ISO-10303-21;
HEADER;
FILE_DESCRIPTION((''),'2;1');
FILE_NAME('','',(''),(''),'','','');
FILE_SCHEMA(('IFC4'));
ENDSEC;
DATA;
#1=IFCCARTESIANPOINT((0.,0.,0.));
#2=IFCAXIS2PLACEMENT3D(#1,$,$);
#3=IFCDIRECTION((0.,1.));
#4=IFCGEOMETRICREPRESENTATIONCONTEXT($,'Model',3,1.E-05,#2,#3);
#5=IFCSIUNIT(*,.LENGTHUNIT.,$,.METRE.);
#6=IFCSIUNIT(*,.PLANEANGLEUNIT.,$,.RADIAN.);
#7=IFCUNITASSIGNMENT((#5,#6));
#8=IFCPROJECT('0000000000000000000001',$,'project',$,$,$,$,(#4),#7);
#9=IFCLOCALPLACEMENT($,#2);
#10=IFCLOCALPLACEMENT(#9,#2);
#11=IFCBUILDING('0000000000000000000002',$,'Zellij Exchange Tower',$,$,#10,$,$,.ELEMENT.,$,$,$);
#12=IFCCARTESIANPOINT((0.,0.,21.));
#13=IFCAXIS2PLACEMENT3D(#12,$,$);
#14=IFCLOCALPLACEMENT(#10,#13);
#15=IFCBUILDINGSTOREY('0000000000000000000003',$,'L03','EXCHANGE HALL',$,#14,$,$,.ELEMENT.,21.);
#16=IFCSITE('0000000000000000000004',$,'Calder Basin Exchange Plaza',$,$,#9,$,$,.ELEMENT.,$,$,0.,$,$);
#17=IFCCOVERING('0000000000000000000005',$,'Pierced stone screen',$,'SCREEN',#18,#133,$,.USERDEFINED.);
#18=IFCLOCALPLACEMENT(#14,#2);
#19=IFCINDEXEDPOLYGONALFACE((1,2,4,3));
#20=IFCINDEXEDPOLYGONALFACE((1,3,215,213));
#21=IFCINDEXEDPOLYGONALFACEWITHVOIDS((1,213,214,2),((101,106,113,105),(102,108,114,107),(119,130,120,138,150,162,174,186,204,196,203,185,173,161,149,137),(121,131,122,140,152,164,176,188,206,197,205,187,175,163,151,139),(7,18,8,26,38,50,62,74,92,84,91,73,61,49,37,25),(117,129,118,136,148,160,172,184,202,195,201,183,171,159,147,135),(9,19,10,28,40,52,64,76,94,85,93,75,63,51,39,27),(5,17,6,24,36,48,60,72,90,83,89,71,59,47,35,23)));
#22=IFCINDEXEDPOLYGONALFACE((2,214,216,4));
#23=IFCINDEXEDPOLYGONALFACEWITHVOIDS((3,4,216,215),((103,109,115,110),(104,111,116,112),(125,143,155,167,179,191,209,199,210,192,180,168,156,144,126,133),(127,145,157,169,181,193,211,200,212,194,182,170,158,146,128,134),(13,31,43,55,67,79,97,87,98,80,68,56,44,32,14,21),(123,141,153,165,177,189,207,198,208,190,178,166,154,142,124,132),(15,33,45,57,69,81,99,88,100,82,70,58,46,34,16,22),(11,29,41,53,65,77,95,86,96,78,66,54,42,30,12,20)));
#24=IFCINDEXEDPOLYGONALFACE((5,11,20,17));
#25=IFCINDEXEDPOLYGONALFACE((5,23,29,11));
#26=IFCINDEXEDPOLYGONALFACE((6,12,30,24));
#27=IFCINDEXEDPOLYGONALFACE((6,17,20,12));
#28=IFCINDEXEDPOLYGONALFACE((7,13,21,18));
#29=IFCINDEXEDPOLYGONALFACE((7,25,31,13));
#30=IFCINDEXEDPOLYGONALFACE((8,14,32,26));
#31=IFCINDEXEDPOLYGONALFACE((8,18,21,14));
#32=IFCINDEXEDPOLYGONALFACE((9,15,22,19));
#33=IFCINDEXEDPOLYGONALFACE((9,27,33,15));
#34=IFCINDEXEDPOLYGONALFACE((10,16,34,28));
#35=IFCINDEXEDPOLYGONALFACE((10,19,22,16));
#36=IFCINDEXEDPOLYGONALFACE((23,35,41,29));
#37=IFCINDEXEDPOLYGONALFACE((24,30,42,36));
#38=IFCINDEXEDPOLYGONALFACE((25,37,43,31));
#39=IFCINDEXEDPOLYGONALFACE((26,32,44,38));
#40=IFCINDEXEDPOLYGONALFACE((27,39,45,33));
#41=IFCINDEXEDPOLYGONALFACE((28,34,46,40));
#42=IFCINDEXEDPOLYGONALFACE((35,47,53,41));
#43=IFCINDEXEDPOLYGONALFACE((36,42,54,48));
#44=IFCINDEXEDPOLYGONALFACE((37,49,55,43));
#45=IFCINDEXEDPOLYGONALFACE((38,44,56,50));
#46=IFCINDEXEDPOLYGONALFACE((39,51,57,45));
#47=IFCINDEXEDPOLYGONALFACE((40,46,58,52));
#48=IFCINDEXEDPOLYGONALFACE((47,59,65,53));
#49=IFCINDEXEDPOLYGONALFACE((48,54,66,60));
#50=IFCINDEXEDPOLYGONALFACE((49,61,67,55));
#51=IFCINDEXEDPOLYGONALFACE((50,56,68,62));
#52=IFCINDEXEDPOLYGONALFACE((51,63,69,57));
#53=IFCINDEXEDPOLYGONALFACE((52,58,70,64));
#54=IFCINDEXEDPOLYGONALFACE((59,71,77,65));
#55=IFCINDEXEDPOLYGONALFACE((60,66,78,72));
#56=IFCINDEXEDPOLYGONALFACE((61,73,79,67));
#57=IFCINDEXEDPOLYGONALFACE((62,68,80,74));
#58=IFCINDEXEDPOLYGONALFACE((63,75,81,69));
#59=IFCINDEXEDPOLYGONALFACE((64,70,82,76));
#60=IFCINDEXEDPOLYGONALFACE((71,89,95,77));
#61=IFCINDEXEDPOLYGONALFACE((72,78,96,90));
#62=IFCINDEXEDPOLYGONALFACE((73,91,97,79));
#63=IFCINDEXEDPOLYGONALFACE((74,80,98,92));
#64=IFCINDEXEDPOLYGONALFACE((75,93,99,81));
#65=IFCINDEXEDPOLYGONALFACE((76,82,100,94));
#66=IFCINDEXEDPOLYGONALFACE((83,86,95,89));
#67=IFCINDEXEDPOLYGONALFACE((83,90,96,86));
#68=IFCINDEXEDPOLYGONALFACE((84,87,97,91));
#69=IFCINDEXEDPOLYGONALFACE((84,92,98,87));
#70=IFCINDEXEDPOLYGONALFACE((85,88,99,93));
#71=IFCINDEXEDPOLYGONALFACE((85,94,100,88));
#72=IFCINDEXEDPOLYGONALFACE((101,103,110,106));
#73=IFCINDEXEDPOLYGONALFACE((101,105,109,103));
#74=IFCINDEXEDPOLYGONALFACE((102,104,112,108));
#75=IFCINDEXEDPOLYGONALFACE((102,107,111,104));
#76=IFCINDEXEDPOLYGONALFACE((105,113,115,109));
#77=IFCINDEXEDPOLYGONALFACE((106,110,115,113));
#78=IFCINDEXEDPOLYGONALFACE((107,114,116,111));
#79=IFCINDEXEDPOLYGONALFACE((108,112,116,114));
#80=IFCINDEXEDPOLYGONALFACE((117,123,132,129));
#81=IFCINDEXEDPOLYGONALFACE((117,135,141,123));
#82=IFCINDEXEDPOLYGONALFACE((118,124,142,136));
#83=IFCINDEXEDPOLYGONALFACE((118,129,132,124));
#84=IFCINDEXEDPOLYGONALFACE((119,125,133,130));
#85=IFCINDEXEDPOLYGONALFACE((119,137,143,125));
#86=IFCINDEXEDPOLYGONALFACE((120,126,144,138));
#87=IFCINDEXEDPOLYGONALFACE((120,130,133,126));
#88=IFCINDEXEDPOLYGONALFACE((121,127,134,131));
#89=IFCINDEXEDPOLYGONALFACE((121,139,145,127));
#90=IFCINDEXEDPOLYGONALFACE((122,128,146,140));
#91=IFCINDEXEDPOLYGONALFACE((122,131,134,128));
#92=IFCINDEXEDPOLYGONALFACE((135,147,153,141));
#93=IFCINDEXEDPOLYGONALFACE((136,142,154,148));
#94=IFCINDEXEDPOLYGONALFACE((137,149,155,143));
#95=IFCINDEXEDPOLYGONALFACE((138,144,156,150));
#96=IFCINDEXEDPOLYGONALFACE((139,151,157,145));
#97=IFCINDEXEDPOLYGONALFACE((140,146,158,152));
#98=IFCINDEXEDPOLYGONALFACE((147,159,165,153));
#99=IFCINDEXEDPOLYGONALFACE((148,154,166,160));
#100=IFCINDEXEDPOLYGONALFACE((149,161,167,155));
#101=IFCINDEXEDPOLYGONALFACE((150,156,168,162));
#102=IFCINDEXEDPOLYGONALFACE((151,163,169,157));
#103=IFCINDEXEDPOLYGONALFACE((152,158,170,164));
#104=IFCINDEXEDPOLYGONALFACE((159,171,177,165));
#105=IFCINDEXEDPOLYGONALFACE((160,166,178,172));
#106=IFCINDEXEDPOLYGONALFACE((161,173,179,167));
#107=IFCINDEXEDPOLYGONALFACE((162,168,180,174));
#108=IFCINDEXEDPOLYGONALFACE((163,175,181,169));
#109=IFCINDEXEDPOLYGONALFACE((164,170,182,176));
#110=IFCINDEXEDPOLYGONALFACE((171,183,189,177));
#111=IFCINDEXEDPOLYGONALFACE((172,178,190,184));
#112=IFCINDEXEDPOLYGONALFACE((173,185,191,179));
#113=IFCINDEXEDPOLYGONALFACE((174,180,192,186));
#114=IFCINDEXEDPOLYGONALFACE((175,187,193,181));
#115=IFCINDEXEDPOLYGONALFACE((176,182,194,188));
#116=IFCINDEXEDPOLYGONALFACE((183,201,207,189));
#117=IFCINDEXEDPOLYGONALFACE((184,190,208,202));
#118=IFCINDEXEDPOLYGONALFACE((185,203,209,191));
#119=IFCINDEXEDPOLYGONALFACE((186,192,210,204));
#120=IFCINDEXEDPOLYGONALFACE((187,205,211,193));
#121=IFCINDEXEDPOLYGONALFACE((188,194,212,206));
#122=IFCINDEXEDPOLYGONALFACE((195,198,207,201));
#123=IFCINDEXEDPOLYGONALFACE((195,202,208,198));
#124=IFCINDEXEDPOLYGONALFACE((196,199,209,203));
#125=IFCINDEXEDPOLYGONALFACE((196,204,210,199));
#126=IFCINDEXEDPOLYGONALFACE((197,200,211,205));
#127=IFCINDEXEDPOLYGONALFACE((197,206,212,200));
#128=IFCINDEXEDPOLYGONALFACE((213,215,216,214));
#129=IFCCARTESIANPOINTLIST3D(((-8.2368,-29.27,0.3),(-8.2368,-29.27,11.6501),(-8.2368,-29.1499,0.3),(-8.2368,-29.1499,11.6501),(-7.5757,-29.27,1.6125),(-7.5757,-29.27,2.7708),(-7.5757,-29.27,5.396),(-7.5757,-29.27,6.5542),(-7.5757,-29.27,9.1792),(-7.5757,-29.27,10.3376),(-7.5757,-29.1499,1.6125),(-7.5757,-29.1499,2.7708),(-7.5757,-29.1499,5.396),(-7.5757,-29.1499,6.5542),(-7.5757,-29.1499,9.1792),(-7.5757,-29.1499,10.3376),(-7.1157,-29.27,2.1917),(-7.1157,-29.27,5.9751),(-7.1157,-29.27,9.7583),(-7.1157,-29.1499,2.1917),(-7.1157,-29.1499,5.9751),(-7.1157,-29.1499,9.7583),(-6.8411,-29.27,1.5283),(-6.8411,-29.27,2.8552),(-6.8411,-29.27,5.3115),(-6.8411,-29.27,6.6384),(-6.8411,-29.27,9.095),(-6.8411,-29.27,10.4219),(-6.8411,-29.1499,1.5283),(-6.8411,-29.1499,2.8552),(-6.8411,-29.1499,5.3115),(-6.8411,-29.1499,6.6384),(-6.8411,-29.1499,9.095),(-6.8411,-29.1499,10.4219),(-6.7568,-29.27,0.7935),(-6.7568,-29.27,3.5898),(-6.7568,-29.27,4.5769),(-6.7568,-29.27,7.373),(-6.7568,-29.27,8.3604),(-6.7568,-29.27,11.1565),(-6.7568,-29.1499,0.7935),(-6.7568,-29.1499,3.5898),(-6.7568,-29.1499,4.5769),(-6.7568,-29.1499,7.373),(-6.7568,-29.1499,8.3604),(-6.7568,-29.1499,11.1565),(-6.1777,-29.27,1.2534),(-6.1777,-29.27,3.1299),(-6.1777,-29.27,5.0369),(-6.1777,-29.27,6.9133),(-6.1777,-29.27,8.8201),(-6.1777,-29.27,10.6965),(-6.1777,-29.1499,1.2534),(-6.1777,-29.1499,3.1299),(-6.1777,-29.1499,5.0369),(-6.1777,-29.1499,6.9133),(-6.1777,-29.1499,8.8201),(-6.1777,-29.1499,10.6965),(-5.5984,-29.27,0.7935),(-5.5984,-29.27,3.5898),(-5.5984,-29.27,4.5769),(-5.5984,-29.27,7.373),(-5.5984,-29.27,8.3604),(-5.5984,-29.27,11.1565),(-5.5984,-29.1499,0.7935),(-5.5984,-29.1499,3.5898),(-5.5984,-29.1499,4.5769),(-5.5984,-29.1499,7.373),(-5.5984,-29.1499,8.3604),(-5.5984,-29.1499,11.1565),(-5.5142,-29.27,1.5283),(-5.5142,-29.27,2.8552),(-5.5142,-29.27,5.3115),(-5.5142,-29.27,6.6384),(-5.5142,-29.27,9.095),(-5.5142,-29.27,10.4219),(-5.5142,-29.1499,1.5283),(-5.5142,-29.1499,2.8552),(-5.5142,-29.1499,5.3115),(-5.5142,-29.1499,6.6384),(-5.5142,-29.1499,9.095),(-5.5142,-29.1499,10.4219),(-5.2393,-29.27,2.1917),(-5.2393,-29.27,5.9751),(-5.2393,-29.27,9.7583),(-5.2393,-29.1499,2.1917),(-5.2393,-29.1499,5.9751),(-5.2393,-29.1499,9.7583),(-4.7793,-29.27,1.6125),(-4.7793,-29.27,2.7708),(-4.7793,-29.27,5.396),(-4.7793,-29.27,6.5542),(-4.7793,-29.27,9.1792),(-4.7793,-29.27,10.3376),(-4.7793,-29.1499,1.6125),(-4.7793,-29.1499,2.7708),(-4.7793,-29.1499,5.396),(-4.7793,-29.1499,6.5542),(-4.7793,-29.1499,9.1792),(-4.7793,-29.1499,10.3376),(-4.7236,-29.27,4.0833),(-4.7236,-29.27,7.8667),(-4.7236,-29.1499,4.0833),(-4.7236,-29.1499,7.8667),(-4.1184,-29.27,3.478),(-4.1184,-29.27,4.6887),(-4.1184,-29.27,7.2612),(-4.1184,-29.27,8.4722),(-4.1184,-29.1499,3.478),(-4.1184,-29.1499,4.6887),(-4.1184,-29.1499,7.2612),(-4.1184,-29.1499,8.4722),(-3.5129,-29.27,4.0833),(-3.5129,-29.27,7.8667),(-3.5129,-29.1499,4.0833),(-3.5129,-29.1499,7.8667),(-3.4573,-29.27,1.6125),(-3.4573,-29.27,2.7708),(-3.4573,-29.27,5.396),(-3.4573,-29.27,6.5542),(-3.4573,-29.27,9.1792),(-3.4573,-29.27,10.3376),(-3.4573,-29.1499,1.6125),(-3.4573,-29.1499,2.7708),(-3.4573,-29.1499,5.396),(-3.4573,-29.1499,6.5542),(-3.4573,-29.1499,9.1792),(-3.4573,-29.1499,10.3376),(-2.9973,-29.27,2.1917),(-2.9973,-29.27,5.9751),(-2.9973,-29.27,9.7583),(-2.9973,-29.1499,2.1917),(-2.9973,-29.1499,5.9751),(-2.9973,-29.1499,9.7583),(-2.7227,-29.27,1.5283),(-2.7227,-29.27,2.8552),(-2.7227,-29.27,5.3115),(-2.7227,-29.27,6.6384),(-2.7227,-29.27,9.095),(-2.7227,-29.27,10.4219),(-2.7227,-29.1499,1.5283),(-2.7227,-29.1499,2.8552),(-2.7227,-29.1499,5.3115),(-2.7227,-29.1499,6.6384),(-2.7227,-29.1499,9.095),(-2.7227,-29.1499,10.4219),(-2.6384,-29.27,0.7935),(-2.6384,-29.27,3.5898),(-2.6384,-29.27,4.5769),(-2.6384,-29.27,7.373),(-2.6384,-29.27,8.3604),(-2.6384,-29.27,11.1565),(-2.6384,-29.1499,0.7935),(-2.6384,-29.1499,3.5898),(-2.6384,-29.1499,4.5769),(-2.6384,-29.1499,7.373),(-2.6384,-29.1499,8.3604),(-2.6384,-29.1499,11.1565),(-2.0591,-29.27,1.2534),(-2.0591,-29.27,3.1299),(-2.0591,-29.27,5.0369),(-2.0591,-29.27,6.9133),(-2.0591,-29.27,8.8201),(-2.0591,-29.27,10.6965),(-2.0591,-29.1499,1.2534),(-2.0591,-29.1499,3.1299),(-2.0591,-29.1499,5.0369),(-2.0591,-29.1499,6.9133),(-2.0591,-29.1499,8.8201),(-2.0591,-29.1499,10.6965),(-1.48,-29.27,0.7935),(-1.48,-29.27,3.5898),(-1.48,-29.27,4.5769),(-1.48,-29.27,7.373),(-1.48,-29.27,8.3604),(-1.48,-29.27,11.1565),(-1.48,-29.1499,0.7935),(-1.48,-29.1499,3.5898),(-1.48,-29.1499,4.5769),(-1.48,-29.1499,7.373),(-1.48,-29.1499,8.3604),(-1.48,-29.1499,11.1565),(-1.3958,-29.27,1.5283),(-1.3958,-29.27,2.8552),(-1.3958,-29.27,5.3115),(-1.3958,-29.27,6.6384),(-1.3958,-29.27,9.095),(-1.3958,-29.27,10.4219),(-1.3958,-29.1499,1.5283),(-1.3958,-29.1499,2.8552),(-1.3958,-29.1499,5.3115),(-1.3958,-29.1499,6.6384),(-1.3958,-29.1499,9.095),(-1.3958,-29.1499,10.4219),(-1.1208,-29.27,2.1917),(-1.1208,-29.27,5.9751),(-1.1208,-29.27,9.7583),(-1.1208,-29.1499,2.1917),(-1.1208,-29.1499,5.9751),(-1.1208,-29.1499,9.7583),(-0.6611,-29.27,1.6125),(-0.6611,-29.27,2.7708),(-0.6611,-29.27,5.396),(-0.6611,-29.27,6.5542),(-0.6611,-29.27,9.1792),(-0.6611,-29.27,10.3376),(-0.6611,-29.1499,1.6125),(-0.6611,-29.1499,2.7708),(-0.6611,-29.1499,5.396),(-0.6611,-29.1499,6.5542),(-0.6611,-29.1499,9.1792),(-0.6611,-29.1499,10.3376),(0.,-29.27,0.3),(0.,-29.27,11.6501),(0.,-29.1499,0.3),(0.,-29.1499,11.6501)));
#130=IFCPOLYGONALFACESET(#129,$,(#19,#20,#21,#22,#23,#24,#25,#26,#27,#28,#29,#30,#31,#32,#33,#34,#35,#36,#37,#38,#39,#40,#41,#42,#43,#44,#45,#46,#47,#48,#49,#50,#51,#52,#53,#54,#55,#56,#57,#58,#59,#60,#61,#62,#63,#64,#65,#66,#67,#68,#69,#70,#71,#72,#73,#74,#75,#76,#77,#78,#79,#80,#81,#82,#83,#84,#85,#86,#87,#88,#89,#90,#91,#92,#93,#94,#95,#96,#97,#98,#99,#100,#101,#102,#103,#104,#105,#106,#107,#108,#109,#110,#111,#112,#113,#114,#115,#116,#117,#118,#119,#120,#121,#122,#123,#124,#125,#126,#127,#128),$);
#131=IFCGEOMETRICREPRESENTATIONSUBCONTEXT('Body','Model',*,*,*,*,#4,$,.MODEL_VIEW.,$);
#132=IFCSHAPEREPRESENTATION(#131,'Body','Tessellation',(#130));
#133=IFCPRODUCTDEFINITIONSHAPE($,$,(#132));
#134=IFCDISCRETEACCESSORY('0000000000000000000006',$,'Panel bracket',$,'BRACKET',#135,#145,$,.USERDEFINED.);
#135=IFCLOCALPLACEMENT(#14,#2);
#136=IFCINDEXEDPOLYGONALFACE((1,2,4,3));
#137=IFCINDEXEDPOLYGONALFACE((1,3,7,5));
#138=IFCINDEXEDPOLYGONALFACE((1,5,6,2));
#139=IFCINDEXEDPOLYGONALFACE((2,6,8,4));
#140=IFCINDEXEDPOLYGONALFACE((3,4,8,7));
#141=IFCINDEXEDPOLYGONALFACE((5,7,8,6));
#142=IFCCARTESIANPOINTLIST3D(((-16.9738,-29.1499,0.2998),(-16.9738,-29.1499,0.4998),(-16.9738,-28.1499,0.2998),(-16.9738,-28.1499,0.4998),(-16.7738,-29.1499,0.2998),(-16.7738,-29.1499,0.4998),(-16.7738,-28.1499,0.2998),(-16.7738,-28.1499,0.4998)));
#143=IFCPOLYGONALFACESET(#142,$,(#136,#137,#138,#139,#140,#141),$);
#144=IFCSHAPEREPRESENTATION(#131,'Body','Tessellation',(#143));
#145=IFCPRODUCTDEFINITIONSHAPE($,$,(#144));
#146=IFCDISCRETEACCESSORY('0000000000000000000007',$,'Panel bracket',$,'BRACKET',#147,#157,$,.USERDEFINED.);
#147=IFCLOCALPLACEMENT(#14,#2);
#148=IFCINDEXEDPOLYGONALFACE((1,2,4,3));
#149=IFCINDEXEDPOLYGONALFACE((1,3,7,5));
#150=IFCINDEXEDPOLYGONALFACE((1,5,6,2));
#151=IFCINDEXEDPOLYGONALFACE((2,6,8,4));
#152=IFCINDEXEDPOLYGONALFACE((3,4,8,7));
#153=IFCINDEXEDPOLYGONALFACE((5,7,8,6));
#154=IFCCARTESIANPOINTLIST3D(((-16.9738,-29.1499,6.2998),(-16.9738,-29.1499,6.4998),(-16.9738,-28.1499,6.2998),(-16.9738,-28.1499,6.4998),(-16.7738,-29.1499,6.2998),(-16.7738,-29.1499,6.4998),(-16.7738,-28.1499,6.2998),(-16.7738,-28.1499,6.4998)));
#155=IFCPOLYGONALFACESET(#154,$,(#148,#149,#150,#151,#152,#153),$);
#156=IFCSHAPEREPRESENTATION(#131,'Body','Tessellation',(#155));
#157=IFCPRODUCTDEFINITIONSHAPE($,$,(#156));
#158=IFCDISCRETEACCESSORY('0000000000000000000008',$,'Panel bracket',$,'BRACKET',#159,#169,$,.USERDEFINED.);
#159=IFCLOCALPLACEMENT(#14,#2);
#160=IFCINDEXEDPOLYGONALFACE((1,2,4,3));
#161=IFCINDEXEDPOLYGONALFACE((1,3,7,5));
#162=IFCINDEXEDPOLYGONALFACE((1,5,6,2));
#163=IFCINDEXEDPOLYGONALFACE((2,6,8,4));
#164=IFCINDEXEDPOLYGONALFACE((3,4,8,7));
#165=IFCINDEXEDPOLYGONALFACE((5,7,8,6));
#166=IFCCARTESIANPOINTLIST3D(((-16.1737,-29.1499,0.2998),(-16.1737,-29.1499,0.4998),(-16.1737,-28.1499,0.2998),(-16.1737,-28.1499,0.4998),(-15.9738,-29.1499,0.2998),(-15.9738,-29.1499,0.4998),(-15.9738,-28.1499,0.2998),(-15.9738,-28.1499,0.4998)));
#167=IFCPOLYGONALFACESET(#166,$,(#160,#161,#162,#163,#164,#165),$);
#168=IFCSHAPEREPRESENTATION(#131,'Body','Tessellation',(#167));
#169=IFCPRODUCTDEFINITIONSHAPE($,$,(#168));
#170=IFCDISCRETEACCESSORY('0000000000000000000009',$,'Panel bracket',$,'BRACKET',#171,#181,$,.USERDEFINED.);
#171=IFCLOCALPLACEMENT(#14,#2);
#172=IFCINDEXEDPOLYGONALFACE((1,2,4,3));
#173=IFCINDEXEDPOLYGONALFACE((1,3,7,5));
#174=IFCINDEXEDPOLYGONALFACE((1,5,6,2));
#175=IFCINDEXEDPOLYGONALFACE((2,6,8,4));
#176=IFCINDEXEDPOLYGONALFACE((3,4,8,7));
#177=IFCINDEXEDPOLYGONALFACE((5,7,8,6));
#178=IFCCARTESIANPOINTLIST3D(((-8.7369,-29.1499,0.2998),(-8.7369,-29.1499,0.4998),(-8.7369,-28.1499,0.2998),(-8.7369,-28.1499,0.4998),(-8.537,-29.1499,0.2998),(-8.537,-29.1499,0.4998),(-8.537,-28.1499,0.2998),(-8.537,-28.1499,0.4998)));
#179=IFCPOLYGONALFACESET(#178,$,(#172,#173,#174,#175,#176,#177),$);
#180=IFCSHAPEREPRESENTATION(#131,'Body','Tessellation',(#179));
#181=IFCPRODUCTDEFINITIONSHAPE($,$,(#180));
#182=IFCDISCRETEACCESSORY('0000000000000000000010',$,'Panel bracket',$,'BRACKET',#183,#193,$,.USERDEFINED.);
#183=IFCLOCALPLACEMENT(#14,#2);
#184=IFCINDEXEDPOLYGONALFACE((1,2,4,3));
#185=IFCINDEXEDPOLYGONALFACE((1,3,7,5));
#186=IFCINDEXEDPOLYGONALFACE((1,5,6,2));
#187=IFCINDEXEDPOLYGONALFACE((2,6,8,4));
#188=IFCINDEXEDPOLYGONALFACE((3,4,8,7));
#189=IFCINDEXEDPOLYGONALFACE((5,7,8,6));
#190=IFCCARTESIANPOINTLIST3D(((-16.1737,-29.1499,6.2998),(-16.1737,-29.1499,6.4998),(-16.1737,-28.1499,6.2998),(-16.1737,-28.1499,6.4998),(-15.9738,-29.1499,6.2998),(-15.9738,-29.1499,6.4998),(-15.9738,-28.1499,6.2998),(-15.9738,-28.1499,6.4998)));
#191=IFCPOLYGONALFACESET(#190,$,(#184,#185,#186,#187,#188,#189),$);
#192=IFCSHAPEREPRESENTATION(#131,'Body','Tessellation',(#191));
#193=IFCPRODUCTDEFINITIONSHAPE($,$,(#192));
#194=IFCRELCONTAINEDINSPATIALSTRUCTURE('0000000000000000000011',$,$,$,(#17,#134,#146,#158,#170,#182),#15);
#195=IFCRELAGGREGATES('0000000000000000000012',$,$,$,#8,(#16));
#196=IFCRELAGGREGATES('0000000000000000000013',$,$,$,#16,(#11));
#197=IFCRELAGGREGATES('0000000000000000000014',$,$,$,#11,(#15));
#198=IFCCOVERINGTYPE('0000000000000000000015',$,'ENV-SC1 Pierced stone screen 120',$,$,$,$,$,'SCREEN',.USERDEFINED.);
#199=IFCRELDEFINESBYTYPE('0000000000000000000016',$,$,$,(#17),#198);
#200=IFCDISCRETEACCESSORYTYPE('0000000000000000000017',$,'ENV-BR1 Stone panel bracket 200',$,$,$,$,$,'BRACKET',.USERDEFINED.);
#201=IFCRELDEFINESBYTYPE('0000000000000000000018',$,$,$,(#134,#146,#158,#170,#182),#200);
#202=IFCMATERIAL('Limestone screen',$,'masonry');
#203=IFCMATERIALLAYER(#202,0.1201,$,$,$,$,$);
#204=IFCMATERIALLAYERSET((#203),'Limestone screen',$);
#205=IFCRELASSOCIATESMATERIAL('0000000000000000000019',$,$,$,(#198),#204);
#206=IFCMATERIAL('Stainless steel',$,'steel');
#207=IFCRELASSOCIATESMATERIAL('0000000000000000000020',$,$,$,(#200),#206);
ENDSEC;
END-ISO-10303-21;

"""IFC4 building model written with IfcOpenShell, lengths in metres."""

from ifc_helpers import new_model, si_unit, direction, frame, origin, origin_2d, place, context, subcontext, project, spatial, polyline, rectangle, outline, extrude, material, layer, layer_set, type_object, element, save


model = new_model("IFC4")

# Units and contexts
model_context = context("Model", 3, precision=1e-05, world=origin(), true_north=direction((0.0, 1.0)))
body_context = subcontext(model_context, "Body", "Model", "MODEL_VIEW")
ifc_project = project(units=[si_unit("LENGTHUNIT", "METRE"), si_unit("PLANEANGLEUNIT", "RADIAN")], contexts=[model_context])

# Site, building, storey
site_placement = place(None, origin())
site = spatial("IfcSite", under=ifc_project, at=site_placement, Name="Calder Basin Exchange Plaza", CompositionType="ELEMENT", RefElevation=0.0)
building_placement = place(site_placement, origin())
building = spatial("IfcBuilding", under=site, at=building_placement, Name="Zellij Exchange Tower", CompositionType="ELEMENT")
storey_placement = place(building_placement, frame((0.0, 0.0, 21.0)))
storey = spatial("IfcBuildingStorey", under=building, at=storey_placement, Name="L03", Description="EXCHANGE HALL", CompositionType="ELEMENT", Elevation=21.0)

# Covering
ifc_material_1 = material(Name="Limestone screen", Category="masonry")
ifc_layer_1 = layer(ifc_material_1, 0.1201)
ifc_layer_set_1 = layer_set([ifc_layer_1], Name="Limestone screen")
covering_type = type_object("IfcCoveringType", Name="ENV-SC1 Pierced stone screen 120", ElementType="SCREEN", PredefinedType="USERDEFINED", material=ifc_layer_set_1)
covering_1_placement = place(storey_placement, frame((-8.2368, -29.21, 0.3), z_axis=(0.0, 0.0, 1.0), x_axis=(1.0, 0.0, 0.0)))
element("IfcCovering", 1, at=covering_1_placement, inside=storey, type_object=covering_type, Name="Pierced stone screen", ObjectType="SCREEN", PredefinedType="USERDEFINED", context=body_context, shape_type="SweptSolid", body=[
    extrude(outline(polyline([(0.0, 0.0), (8.2368, 0.0), (8.2368, 11.3501), (0.0, 11.3501), (0.0, 0.0)]), holes=[polyline([(3.4575, 2.4707), (2.7227, 2.5552), (2.6384, 3.2898), (2.0591, 2.8298), (1.48, 3.2898), (1.3958, 2.5552), (0.6611, 2.4707), (1.1211, 1.8916), (0.6611, 1.3125), (1.3958, 1.2283), (1.48, 0.4934), (2.0591, 0.9534), (2.6384, 0.4934), (2.7227, 1.2283), (3.4575, 1.3125), (2.9976, 1.8916), (3.4575, 2.4707)]), polyline([(3.4575, 6.2542), (2.7227, 6.3384), (2.6384, 7.073), (2.0591, 6.6133), (1.48, 7.073), (1.3958, 6.3384), (0.6611, 6.2542), (1.1211, 5.675), (0.6611, 5.0959), (1.3958, 5.0115), (1.48, 4.2769), (2.0591, 4.7368), (2.6384, 4.2769), (2.7227, 5.0115), (3.4575, 5.0959), (2.9976, 5.675), (3.4575, 6.2542)]), polyline([(3.4575, 10.0376), (2.7227, 10.1218), (2.6384, 10.8564), (2.0591, 10.3965), (1.48, 10.8564), (1.3958, 10.1218), (0.6611, 10.0376), (1.1211, 9.4583), (0.6611, 8.8792), (1.3958, 8.7949), (1.48, 8.0603), (2.0591, 8.52), (2.6384, 8.0603), (2.7227, 8.7949), (3.4575, 8.8792), (2.9976, 9.4583), (3.4575, 10.0376)]), polyline([(7.5757, 2.4707), (6.8411, 2.5552), (6.7568, 3.2898), (6.1777, 2.8298), (5.5984, 3.2898), (5.5142, 2.5552), (4.7795, 2.4707), (5.2395, 1.8916), (4.7795, 1.3125), (5.5142, 1.2283), (5.5984, 0.4934), (6.1777, 0.9534), (6.7568, 0.4934), (6.8411, 1.2283), (7.5757, 1.3125), (7.116, 1.8916), (7.5757, 2.4707)]), polyline([(7.5757, 6.2542), (6.8411, 6.3384), (6.7568, 7.073), (6.1777, 6.6133), (5.5984, 7.073), (5.5142, 6.3384), (4.7795, 6.2542), (5.2395, 5.675), (4.7795, 5.0959), (5.5142, 5.0115), (5.5984, 4.2769), (6.1777, 4.7368), (6.7568, 4.2769), (6.8411, 5.0115), (7.5757, 5.0959), (7.116, 5.675), (7.5757, 6.2542)]), polyline([(7.5757, 10.0376), (6.8411, 10.1218), (6.7568, 10.8564), (6.1777, 10.3965), (5.5984, 10.8564), (5.5142, 10.1218), (4.7795, 10.0376), (5.2395, 9.4583), (4.7795, 8.8792), (5.5142, 8.7949), (5.5984, 8.0603), (6.1777, 8.52), (6.7568, 8.0603), (6.8411, 8.7949), (7.5757, 8.8792), (7.116, 9.4583), (7.5757, 10.0376)]), polyline([(4.7239, 3.7832), (4.1184, 4.3887), (3.5132, 3.7832), (4.1184, 3.178), (4.7239, 3.7832)]), polyline([(4.7239, 7.5667), (4.1184, 8.1721), (3.5132, 7.5667), (4.1184, 6.9612), (4.7239, 7.5667)])]), frame((0.0, 0.0601, 0.0), z_axis=(0.0, -1.0, 0.0), x_axis=(1.0, 0.0, 0.0)), (0.0, 0.0, 1.0), 0.1201),
])

# Discrete accessories
ifc_material_2 = material(Name="Stainless steel", Category="steel")
discrete_accessory_type = type_object("IfcDiscreteAccessoryType", Name="ENV-BR1 Stone panel bracket 200", ElementType="BRACKET", PredefinedType="USERDEFINED", material=ifc_material_2)
for number, where, z_axis, x_axis, name in (
    (2, (-16.8738, -28.6499, 0.2998), (0.0, 0.0, 1.0), (1.0, 0.0, 0.0), "Panel bracket"),
    (3, (-16.8738, -28.6499, 6.2998), (0.0, 0.0, 1.0), (1.0, 0.0, 0.0), "Panel bracket"),
    (4, (-16.0737, -28.6499, 0.2998), (0.0, 0.0, 1.0), (1.0, 0.0, 0.0), "Panel bracket"),
    (5, (-8.637, -28.6499, 0.2998), (0.0, 0.0, 1.0), (1.0, 0.0, 0.0), "Panel bracket"),
    (6, (-16.0737, -28.6499, 6.2998), (0.0, 0.0, 1.0), (1.0, 0.0, 0.0), "Panel bracket"),
):
    element("IfcDiscreteAccessory", number, at=place(storey_placement, frame(where, z_axis=z_axis, x_axis=x_axis)), inside=storey, type_object=discrete_accessory_type, Name=name, ObjectType="BRACKET", PredefinedType="USERDEFINED", context=body_context, shape_type="SweptSolid", body=[
        extrude(rectangle(XDim=0.2, YDim=1.0, at=origin_2d()), origin(), (0.0, 0.0, 1.0), 0.2),
    ])

save(model, "model.ifc")
